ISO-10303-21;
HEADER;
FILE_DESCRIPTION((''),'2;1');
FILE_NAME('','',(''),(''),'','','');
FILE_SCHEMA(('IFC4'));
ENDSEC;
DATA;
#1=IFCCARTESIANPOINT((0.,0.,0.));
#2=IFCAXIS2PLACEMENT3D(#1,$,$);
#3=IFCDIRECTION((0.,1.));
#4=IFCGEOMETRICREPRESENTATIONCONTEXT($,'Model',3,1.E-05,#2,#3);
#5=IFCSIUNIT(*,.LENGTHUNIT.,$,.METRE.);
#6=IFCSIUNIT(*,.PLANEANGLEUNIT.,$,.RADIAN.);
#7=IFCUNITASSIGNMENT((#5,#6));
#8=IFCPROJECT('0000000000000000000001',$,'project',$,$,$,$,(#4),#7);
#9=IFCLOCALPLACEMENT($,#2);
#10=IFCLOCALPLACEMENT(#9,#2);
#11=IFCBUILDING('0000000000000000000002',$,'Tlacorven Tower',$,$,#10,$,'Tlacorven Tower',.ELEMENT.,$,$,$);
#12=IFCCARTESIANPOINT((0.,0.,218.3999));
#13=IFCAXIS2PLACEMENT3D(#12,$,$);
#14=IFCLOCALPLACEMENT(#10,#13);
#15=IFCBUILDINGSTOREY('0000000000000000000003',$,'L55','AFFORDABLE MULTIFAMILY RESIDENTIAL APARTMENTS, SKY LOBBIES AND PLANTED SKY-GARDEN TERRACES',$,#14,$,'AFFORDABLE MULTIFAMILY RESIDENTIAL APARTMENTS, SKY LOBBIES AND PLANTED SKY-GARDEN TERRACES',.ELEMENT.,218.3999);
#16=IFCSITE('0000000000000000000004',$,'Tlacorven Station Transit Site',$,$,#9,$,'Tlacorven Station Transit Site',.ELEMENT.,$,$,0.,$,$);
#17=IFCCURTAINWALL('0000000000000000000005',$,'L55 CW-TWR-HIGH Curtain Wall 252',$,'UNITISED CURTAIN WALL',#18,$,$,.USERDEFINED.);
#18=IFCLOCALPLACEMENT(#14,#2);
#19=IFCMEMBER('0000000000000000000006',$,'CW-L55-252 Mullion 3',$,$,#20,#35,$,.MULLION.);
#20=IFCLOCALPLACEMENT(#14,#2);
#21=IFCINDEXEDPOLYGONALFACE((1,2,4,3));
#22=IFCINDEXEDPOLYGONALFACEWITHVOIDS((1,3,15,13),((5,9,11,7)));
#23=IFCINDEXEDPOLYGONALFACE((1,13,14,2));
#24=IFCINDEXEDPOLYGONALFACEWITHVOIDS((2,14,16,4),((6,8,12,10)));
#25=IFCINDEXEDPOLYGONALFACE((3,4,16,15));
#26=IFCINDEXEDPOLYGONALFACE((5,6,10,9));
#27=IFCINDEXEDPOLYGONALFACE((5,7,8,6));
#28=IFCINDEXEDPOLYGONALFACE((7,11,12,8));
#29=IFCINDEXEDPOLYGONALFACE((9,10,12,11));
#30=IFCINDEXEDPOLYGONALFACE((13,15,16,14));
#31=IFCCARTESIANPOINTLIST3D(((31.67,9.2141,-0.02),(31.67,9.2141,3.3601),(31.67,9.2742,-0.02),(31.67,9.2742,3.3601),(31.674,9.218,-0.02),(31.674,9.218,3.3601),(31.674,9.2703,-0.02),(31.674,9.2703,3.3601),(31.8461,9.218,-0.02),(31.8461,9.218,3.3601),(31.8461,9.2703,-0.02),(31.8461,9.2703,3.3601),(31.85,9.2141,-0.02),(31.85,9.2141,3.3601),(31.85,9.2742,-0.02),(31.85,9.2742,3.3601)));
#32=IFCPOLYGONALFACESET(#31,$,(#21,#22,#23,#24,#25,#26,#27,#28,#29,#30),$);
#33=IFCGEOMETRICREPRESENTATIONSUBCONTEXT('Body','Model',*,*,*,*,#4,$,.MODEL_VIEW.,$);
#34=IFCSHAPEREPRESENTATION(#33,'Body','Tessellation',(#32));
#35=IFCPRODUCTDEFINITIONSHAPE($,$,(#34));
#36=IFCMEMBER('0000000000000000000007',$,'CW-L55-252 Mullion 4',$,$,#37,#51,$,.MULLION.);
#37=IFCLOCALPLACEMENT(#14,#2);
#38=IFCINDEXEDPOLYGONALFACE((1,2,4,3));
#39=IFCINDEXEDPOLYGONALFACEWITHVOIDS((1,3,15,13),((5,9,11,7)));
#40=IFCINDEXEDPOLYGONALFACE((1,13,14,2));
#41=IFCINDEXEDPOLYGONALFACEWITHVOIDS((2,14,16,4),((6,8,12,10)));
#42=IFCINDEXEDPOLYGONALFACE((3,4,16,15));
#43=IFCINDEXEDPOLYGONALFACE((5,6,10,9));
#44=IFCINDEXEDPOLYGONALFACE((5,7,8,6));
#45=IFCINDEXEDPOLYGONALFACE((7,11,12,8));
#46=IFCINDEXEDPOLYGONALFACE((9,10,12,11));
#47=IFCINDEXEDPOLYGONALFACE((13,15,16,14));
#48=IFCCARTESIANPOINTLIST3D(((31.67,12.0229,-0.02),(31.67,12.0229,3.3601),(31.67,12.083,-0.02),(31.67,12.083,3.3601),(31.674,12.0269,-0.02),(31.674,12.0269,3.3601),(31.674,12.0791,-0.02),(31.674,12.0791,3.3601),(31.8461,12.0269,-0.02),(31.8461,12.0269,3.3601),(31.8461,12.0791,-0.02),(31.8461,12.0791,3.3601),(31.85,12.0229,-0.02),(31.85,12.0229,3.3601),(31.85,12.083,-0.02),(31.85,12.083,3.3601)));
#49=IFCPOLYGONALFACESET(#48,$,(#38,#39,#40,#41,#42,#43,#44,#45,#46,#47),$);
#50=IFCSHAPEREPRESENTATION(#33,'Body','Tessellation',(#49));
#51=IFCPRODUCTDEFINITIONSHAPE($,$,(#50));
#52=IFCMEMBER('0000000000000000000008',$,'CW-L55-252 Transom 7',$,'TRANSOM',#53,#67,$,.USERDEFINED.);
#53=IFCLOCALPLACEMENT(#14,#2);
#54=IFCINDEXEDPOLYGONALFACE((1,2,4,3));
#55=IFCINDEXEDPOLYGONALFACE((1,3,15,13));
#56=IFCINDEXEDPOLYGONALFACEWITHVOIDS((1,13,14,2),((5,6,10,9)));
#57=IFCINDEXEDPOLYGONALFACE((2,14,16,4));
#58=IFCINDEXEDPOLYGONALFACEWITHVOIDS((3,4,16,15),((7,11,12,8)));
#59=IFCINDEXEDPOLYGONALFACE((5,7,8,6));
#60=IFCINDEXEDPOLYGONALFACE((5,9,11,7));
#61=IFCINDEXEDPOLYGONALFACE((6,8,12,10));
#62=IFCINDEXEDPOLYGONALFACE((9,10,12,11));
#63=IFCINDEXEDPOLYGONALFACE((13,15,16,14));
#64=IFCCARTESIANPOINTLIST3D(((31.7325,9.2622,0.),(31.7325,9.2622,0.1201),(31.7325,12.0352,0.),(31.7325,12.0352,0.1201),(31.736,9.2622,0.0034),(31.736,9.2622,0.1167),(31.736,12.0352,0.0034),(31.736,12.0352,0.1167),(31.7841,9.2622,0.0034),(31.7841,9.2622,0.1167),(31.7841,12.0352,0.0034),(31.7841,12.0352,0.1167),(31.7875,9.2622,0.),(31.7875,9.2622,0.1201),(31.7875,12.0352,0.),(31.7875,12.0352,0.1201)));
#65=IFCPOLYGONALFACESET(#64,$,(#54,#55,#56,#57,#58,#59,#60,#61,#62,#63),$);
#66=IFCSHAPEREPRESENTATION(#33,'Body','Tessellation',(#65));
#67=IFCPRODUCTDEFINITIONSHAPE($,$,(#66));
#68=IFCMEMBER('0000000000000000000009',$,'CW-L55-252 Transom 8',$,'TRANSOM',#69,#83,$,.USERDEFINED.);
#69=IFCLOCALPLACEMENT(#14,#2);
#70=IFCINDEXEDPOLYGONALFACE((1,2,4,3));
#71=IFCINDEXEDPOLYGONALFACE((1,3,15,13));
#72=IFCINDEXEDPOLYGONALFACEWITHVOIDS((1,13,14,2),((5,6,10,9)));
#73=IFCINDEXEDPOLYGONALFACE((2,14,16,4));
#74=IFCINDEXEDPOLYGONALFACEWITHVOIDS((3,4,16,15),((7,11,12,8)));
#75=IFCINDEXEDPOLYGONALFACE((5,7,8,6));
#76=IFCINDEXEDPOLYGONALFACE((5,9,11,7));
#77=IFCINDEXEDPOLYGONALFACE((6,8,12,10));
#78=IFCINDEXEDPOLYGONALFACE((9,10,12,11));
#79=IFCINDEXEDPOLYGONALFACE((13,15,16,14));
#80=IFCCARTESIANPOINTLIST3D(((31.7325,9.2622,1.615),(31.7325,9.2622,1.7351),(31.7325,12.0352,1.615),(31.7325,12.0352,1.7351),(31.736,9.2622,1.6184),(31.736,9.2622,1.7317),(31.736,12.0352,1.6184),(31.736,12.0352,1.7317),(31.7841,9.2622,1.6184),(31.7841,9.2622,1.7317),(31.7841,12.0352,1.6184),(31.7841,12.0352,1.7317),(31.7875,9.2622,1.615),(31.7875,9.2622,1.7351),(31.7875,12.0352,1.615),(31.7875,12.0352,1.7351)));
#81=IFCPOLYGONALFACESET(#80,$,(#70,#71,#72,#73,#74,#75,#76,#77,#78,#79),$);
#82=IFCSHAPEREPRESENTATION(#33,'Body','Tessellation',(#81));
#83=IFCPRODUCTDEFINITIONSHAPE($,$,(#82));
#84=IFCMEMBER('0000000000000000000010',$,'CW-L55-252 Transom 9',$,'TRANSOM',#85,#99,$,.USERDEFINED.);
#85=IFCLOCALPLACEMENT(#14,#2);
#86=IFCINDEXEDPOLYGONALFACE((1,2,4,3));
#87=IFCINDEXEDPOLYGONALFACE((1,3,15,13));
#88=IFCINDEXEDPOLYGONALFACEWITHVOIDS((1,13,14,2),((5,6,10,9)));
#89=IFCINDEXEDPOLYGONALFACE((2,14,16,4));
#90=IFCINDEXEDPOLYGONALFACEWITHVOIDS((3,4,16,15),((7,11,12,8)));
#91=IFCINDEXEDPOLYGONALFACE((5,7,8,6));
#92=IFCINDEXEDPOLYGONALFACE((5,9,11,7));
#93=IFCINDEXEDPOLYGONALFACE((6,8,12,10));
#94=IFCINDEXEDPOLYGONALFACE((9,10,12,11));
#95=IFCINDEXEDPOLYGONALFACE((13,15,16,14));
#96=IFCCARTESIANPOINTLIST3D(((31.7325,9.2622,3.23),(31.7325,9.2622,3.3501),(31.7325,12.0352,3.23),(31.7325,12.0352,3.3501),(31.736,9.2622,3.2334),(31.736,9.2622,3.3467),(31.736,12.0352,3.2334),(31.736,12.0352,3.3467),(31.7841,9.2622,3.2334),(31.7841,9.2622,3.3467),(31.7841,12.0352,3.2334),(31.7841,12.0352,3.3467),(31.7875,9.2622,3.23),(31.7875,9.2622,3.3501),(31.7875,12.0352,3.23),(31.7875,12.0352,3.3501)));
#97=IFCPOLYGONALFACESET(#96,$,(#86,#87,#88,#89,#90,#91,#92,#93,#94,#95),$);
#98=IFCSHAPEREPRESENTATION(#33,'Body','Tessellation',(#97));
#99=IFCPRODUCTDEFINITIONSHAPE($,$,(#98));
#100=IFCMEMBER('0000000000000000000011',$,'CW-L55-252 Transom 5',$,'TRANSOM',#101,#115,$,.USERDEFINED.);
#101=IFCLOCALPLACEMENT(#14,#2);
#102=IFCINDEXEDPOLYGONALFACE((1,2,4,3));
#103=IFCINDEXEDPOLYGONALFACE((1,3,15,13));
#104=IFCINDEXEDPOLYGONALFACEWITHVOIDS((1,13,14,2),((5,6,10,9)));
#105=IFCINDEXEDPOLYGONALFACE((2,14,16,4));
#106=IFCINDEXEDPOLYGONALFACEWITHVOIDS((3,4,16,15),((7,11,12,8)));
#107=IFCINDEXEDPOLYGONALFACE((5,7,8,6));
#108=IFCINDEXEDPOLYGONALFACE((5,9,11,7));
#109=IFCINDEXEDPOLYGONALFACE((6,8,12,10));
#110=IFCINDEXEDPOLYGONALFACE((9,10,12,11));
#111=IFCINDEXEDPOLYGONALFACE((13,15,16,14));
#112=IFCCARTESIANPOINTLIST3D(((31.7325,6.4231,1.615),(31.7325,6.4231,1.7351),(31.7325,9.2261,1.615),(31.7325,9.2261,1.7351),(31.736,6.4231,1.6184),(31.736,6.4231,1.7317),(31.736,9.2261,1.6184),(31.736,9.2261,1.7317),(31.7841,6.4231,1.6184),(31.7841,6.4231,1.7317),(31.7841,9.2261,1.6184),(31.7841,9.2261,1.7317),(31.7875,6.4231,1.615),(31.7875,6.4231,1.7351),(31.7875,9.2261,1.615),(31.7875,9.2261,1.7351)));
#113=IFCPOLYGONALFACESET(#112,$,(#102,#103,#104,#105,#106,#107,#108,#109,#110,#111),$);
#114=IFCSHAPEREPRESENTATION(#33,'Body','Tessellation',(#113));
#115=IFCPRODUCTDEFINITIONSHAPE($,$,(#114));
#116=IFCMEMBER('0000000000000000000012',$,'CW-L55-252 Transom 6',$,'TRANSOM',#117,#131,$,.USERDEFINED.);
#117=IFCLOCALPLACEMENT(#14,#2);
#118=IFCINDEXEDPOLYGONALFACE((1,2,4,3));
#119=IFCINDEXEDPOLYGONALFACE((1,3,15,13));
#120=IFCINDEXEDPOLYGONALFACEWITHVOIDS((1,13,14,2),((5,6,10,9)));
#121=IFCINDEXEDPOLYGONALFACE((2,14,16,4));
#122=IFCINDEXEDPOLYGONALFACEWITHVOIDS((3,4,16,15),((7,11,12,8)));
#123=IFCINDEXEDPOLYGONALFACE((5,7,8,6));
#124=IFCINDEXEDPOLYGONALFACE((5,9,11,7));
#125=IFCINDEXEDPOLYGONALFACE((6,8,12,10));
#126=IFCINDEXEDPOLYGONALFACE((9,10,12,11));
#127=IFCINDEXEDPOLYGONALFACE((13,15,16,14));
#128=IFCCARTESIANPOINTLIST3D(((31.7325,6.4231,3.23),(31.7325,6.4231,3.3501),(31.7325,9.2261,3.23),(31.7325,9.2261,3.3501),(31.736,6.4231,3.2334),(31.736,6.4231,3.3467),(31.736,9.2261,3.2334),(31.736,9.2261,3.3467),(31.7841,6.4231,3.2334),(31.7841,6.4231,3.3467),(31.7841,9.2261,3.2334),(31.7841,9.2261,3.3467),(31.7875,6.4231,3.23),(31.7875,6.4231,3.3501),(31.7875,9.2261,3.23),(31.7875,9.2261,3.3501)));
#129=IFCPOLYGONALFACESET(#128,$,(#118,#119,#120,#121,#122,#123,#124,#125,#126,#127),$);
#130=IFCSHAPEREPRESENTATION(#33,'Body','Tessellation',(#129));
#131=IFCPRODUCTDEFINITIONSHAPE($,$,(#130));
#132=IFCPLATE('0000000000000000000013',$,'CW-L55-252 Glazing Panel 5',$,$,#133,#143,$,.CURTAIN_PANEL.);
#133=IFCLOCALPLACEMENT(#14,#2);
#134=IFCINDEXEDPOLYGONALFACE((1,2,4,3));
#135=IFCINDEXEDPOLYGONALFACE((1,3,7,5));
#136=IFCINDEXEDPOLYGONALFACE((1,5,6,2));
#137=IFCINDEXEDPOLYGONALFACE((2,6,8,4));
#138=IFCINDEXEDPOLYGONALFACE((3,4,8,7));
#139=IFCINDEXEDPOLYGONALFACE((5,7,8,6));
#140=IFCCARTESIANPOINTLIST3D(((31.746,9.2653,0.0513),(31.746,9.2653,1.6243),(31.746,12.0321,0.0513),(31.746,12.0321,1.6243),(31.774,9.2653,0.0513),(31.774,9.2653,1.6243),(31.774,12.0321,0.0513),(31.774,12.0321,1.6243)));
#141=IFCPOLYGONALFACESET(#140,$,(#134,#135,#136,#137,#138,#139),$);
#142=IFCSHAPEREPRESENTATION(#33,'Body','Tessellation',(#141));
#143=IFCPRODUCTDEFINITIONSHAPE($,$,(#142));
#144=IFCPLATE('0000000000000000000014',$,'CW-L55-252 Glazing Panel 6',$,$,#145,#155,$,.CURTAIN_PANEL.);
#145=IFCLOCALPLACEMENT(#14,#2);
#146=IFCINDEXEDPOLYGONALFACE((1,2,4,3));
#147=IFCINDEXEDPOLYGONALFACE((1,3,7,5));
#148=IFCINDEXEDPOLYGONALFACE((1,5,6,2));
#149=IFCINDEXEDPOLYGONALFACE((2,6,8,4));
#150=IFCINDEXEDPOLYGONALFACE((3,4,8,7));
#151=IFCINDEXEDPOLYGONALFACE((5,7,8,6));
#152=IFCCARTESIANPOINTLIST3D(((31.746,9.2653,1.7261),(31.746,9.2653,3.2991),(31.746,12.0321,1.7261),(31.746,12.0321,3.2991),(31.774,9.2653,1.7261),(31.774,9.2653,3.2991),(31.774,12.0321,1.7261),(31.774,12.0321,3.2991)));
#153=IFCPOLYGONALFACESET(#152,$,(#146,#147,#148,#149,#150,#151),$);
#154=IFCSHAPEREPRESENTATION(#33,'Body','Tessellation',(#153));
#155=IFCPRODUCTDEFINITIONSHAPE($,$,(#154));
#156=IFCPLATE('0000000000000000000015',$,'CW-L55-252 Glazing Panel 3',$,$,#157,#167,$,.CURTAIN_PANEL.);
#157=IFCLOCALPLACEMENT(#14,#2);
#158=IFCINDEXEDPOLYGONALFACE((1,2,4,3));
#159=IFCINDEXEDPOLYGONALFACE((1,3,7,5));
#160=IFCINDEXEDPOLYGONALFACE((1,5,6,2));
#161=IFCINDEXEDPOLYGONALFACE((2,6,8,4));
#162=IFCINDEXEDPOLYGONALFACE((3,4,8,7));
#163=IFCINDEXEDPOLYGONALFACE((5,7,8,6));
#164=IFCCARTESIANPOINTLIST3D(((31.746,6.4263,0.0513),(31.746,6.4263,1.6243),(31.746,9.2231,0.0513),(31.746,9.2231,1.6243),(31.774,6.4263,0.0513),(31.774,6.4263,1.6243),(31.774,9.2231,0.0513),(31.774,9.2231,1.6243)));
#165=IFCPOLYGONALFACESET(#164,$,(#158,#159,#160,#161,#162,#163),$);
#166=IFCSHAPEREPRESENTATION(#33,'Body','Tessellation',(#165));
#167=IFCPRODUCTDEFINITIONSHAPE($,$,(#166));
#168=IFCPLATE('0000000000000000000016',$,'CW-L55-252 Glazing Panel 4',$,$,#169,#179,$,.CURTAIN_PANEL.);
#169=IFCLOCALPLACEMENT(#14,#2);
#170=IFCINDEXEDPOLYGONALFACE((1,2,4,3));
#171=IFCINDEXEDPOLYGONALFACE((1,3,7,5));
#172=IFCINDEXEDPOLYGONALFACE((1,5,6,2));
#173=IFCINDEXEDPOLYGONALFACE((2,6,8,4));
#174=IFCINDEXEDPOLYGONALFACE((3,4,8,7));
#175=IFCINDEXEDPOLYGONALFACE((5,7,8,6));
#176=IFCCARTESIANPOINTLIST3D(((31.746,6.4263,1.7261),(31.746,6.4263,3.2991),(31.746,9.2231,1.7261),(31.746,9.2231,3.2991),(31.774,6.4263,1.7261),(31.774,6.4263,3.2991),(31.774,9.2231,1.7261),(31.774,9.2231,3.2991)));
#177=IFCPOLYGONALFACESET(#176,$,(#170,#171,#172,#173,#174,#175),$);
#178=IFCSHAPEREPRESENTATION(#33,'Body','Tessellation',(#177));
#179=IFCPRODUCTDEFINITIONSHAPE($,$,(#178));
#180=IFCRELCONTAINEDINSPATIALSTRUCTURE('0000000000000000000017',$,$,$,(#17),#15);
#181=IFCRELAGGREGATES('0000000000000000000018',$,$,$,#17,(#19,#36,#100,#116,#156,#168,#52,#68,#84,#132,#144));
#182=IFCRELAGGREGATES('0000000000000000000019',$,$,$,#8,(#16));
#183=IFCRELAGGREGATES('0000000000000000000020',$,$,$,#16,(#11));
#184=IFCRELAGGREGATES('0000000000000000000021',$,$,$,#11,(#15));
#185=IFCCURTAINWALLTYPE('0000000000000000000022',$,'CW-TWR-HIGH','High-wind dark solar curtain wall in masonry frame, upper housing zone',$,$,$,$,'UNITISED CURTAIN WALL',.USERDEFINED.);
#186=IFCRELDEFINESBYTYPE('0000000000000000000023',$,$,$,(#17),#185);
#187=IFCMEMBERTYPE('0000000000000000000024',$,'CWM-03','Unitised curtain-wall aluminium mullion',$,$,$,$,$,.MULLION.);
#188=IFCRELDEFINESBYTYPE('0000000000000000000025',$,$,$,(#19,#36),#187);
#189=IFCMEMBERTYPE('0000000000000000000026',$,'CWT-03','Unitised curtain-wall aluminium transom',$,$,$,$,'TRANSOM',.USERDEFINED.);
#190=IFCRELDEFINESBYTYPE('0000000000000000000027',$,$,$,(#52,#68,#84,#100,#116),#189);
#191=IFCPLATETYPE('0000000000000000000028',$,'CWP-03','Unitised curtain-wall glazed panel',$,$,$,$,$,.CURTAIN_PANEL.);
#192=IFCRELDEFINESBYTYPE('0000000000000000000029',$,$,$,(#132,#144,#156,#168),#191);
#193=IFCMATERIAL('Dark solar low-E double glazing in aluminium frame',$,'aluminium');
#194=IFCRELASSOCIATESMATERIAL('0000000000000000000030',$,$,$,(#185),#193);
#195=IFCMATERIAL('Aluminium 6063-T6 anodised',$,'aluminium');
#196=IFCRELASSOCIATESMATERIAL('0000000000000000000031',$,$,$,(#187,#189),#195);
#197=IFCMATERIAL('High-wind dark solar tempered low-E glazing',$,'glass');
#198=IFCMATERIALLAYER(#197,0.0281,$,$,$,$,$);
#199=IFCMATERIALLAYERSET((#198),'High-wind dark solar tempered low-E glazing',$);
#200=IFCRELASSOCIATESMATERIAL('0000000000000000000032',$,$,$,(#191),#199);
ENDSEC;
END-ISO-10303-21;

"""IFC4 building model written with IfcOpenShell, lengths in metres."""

from ifc_helpers import new_model, si_unit, direction, frame, origin, origin_2d, place, context, subcontext, project, spatial, rectangle, hollow_rectangle, extrude, source, transform, mapped, material, layer, layer_set, material_profile, profile_set, type_object, element, aggregate, save


model = new_model("IFC4")

# Units and contexts
model_context = context("Model", 3, precision=1e-05, world=origin(), true_north=direction((0.0, 1.0)))
body_context = subcontext(model_context, "Body", "Model", "MODEL_VIEW")
ifc_project = project(units=[si_unit("LENGTHUNIT", "METRE"), si_unit("PLANEANGLEUNIT", "RADIAN")], contexts=[model_context])

# Site, building, storey
site_placement = place(None, origin())
site = spatial("IfcSite", under=ifc_project, at=site_placement, Name="Tlacorven Station Transit Site", LongName="Tlacorven Station Transit Site", CompositionType="ELEMENT", RefElevation=0.0)
building_placement = place(site_placement, origin())
building = spatial("IfcBuilding", under=site, at=building_placement, Name="Tlacorven Tower", LongName="Tlacorven Tower", CompositionType="ELEMENT")
storey_placement = place(building_placement, frame((0.0, 0.0, 218.3999)))
storey = spatial("IfcBuildingStorey", under=building, at=storey_placement, Name="L55", Description="AFFORDABLE MULTIFAMILY RESIDENTIAL APARTMENTS, SKY LOBBIES AND PLANTED SKY-GARDEN TERRACES", LongName="AFFORDABLE MULTIFAMILY RESIDENTIAL APARTMENTS, SKY LOBBIES AND PLANTED SKY-GARDEN TERRACES", CompositionType="ELEMENT", Elevation=218.3999)

# Curtain wall, members, plates
ifc_material_1 = material(Name="Dark solar low-E double glazing in aluminium frame", Category="aluminium")
curtain_wall_type = type_object("IfcCurtainWallType", Name="CW-TWR-HIGH", Description="High-wind dark solar curtain wall in masonry frame, upper housing zone", ElementType="UNITISED CURTAIN WALL", PredefinedType="USERDEFINED", material=ifc_material_1)
curtain_wall_placement = place(storey_placement, origin())
curtain_wall = element("IfcCurtainWall", 1, at=curtain_wall_placement, inside=storey, type_object=curtain_wall_type, Name="L55 CW-TWR-HIGH Curtain Wall 252", ObjectType="UNITISED CURTAIN WALL", PredefinedType="USERDEFINED")
ifc_material_2 = material(Name="Aluminium 6063-T6 anodised", Category="aluminium")
ifc_material_profile_1 = material_profile(ifc_material_2, hollow_rectangle(XDim=0.0601, YDim=0.1799, WallThickness=0.0039, at=origin_2d()), Name="ALU MULLION 60X180")
ifc_profile_set_1 = profile_set([ifc_material_profile_1], Name="Aluminium 6063-T6 anodised")
member_type_1 = type_object("IfcMemberType", Name="CWM-03", Description="Unitised curtain-wall aluminium mullion", PredefinedType="MULLION", material=ifc_profile_set_1)
shared_shape_1 = source(origin(), body_context, "Body", "SweptSolid", [
    extrude(hollow_rectangle(XDim=0.0601, YDim=0.1799, WallThickness=0.0039, at=origin_2d()), origin(), (0.0, 0.0, 1.0), 3.3801),
])
member_1_placement = place(storey_placement, frame((31.76, 9.2441, -0.02), z_axis=(0.0, 0.0, 1.0), x_axis=(0.0, 1.0, 0.0)))
member_1 = element("IfcMember", 2, at=member_1_placement, type_object=member_type_1, Name="CW-L55-252 Mullion 3", PredefinedType="MULLION", context=body_context, shape_type="MappedRepresentation", body=[
    mapped(shared_shape_1, transform((0.0, 0.0, 0.0), scale=1.0)),
])
member_2_placement = place(storey_placement, frame((31.76, 12.053, -0.02), z_axis=(0.0, 0.0, 1.0), x_axis=(0.0, 1.0, 0.0)))
member_2 = element("IfcMember", 3, at=member_2_placement, type_object=member_type_1, Name="CW-L55-252 Mullion 4", PredefinedType="MULLION", context=body_context, shape_type="MappedRepresentation", body=[
    mapped(shared_shape_1, transform((0.0, 0.0, 0.0), scale=1.0)),
])
ifc_material_profile_2 = material_profile(ifc_material_2, hollow_rectangle(XDim=0.0549, YDim=0.1201, WallThickness=0.0034, at=origin_2d()), Name="ALU TRANSOM 55X120")
ifc_profile_set_2 = profile_set([ifc_material_profile_2], Name="Aluminium 6063-T6 anodised")
member_type_2 = type_object("IfcMemberType", Name="CWT-03", Description="Unitised curtain-wall aluminium transom", ElementType="TRANSOM", PredefinedType="USERDEFINED", material=ifc_profile_set_2)
shared_shape_2 = source(origin(), body_context, "Body", "SweptSolid", [
    extrude(hollow_rectangle(XDim=0.0549, YDim=0.1201, WallThickness=0.0034, at=origin_2d()), origin(), (0.0, 0.0, 1.0), 2.7729),
])
member_3_placement = place(storey_placement, frame((31.76, 9.2622, 0.0601), z_axis=(0.0, 1.0, 0.0), x_axis=(-1.0, 0.0, 0.0)))
member_3 = element("IfcMember", 4, at=member_3_placement, type_object=member_type_2, Name="CW-L55-252 Transom 7", ObjectType="TRANSOM", PredefinedType="USERDEFINED", context=body_context, shape_type="MappedRepresentation", body=[
    mapped(shared_shape_2, transform((0.0, 0.0, 0.0), scale=1.0)),
])
member_4_placement = place(storey_placement, frame((31.76, 9.2622, 1.675), z_axis=(0.0, 1.0, 0.0), x_axis=(-1.0, 0.0, 0.0)))
member_4 = element("IfcMember", 5, at=member_4_placement, type_object=member_type_2, Name="CW-L55-252 Transom 8", ObjectType="TRANSOM", PredefinedType="USERDEFINED", context=body_context, shape_type="MappedRepresentation", body=[
    mapped(shared_shape_2, transform((0.0, 0.0, 0.0), scale=1.0)),
])
member_5_placement = place(storey_placement, frame((31.76, 9.2622, 3.29), z_axis=(0.0, 1.0, 0.0), x_axis=(-1.0, 0.0, 0.0)))
member_5 = element("IfcMember", 6, at=member_5_placement, type_object=member_type_2, Name="CW-L55-252 Transom 9", ObjectType="TRANSOM", PredefinedType="USERDEFINED", context=body_context, shape_type="MappedRepresentation", body=[
    mapped(shared_shape_2, transform((0.0, 0.0, 0.0), scale=1.0)),
])
shared_shape_3 = source(origin(), body_context, "Body", "SweptSolid", [
    extrude(hollow_rectangle(XDim=0.0549, YDim=0.1201, WallThickness=0.0034, at=origin_2d()), origin(), (0.0, 0.0, 1.0), 2.803),
])
member_6_placement = place(storey_placement, frame((31.76, 6.4231, 1.675), z_axis=(0.0, 1.0, 0.0), x_axis=(-1.0, 0.0, 0.0)))
member_6 = element("IfcMember", 7, at=member_6_placement, type_object=member_type_2, Name="CW-L55-252 Transom 5", ObjectType="TRANSOM", PredefinedType="USERDEFINED", context=body_context, shape_type="MappedRepresentation", body=[
    mapped(shared_shape_3, transform((0.0, 0.0, 0.0), scale=1.0)),
])
member_7_placement = place(storey_placement, frame((31.76, 6.4231, 3.29), z_axis=(0.0, 1.0, 0.0), x_axis=(-1.0, 0.0, 0.0)))
member_7 = element("IfcMember", 8, at=member_7_placement, type_object=member_type_2, Name="CW-L55-252 Transom 6", ObjectType="TRANSOM", PredefinedType="USERDEFINED", context=body_context, shape_type="MappedRepresentation", body=[
    mapped(shared_shape_3, transform((0.0, 0.0, 0.0), scale=1.0)),
])
ifc_material_3 = material(Name="High-wind dark solar tempered low-E glazing", Category="glass")
ifc_layer = layer(ifc_material_3, 0.0281)
ifc_layer_set = layer_set([ifc_layer], Name="High-wind dark solar tempered low-E glazing")
plate_type = type_object("IfcPlateType", Name="CWP-03", Description="Unitised curtain-wall glazed panel", PredefinedType="CURTAIN_PANEL", material=ifc_layer_set)
shared_shape_4 = source(origin(), body_context, "Body", "SweptSolid", [
    extrude(rectangle(XDim=2.7668, YDim=0.0281, at=origin_2d()), origin(), (0.0, 0.0, 1.0), 1.573),
])
plate_1_placement = place(storey_placement, frame((31.76, 10.6487, 0.0513), z_axis=(0.0, 0.0, 1.0), x_axis=(0.0, 1.0, 0.0)))
plate_1 = element("IfcPlate", 9, at=plate_1_placement, type_object=plate_type, Name="CW-L55-252 Glazing Panel 5", PredefinedType="CURTAIN_PANEL", context=body_context, shape_type="MappedRepresentation", body=[
    mapped(shared_shape_4, transform((0.0, 0.0, 0.0), scale=1.0)),
])
plate_2_placement = place(storey_placement, frame((31.76, 10.6487, 1.7261), z_axis=(0.0, 0.0, 1.0), x_axis=(0.0, 1.0, 0.0)))
plate_2 = element("IfcPlate", 10, at=plate_2_placement, type_object=plate_type, Name="CW-L55-252 Glazing Panel 6", PredefinedType="CURTAIN_PANEL", context=body_context, shape_type="MappedRepresentation", body=[
    mapped(shared_shape_4, transform((0.0, 0.0, 0.0), scale=1.0)),
])
shared_shape_5 = source(origin(), body_context, "Body", "SweptSolid", [
    extrude(rectangle(XDim=2.7969, YDim=0.0281, at=origin_2d()), origin(), (0.0, 0.0, 1.0), 1.573),
])
plate_3_placement = place(storey_placement, frame((31.76, 7.8247, 0.0513), z_axis=(0.0, 0.0, 1.0), x_axis=(0.0, 1.0, 0.0)))
plate_3 = element("IfcPlate", 11, at=plate_3_placement, type_object=plate_type, Name="CW-L55-252 Glazing Panel 3", PredefinedType="CURTAIN_PANEL", context=body_context, shape_type="MappedRepresentation", body=[
    mapped(shared_shape_5, transform((0.0, 0.0, 0.0), scale=1.0)),
])
plate_4_placement = place(storey_placement, frame((31.76, 7.8247, 1.7261), z_axis=(0.0, 0.0, 1.0), x_axis=(0.0, 1.0, 0.0)))
plate_4 = element("IfcPlate", 12, at=plate_4_placement, type_object=plate_type, Name="CW-L55-252 Glazing Panel 4", PredefinedType="CURTAIN_PANEL", context=body_context, shape_type="MappedRepresentation", body=[
    mapped(shared_shape_5, transform((0.0, 0.0, 0.0), scale=1.0)),
])
aggregate(curtain_wall, [member_1, member_2, member_6, member_7, plate_3, plate_4, member_3, member_4, member_5, plate_1, plate_2])

save(model, "model.ifc")
